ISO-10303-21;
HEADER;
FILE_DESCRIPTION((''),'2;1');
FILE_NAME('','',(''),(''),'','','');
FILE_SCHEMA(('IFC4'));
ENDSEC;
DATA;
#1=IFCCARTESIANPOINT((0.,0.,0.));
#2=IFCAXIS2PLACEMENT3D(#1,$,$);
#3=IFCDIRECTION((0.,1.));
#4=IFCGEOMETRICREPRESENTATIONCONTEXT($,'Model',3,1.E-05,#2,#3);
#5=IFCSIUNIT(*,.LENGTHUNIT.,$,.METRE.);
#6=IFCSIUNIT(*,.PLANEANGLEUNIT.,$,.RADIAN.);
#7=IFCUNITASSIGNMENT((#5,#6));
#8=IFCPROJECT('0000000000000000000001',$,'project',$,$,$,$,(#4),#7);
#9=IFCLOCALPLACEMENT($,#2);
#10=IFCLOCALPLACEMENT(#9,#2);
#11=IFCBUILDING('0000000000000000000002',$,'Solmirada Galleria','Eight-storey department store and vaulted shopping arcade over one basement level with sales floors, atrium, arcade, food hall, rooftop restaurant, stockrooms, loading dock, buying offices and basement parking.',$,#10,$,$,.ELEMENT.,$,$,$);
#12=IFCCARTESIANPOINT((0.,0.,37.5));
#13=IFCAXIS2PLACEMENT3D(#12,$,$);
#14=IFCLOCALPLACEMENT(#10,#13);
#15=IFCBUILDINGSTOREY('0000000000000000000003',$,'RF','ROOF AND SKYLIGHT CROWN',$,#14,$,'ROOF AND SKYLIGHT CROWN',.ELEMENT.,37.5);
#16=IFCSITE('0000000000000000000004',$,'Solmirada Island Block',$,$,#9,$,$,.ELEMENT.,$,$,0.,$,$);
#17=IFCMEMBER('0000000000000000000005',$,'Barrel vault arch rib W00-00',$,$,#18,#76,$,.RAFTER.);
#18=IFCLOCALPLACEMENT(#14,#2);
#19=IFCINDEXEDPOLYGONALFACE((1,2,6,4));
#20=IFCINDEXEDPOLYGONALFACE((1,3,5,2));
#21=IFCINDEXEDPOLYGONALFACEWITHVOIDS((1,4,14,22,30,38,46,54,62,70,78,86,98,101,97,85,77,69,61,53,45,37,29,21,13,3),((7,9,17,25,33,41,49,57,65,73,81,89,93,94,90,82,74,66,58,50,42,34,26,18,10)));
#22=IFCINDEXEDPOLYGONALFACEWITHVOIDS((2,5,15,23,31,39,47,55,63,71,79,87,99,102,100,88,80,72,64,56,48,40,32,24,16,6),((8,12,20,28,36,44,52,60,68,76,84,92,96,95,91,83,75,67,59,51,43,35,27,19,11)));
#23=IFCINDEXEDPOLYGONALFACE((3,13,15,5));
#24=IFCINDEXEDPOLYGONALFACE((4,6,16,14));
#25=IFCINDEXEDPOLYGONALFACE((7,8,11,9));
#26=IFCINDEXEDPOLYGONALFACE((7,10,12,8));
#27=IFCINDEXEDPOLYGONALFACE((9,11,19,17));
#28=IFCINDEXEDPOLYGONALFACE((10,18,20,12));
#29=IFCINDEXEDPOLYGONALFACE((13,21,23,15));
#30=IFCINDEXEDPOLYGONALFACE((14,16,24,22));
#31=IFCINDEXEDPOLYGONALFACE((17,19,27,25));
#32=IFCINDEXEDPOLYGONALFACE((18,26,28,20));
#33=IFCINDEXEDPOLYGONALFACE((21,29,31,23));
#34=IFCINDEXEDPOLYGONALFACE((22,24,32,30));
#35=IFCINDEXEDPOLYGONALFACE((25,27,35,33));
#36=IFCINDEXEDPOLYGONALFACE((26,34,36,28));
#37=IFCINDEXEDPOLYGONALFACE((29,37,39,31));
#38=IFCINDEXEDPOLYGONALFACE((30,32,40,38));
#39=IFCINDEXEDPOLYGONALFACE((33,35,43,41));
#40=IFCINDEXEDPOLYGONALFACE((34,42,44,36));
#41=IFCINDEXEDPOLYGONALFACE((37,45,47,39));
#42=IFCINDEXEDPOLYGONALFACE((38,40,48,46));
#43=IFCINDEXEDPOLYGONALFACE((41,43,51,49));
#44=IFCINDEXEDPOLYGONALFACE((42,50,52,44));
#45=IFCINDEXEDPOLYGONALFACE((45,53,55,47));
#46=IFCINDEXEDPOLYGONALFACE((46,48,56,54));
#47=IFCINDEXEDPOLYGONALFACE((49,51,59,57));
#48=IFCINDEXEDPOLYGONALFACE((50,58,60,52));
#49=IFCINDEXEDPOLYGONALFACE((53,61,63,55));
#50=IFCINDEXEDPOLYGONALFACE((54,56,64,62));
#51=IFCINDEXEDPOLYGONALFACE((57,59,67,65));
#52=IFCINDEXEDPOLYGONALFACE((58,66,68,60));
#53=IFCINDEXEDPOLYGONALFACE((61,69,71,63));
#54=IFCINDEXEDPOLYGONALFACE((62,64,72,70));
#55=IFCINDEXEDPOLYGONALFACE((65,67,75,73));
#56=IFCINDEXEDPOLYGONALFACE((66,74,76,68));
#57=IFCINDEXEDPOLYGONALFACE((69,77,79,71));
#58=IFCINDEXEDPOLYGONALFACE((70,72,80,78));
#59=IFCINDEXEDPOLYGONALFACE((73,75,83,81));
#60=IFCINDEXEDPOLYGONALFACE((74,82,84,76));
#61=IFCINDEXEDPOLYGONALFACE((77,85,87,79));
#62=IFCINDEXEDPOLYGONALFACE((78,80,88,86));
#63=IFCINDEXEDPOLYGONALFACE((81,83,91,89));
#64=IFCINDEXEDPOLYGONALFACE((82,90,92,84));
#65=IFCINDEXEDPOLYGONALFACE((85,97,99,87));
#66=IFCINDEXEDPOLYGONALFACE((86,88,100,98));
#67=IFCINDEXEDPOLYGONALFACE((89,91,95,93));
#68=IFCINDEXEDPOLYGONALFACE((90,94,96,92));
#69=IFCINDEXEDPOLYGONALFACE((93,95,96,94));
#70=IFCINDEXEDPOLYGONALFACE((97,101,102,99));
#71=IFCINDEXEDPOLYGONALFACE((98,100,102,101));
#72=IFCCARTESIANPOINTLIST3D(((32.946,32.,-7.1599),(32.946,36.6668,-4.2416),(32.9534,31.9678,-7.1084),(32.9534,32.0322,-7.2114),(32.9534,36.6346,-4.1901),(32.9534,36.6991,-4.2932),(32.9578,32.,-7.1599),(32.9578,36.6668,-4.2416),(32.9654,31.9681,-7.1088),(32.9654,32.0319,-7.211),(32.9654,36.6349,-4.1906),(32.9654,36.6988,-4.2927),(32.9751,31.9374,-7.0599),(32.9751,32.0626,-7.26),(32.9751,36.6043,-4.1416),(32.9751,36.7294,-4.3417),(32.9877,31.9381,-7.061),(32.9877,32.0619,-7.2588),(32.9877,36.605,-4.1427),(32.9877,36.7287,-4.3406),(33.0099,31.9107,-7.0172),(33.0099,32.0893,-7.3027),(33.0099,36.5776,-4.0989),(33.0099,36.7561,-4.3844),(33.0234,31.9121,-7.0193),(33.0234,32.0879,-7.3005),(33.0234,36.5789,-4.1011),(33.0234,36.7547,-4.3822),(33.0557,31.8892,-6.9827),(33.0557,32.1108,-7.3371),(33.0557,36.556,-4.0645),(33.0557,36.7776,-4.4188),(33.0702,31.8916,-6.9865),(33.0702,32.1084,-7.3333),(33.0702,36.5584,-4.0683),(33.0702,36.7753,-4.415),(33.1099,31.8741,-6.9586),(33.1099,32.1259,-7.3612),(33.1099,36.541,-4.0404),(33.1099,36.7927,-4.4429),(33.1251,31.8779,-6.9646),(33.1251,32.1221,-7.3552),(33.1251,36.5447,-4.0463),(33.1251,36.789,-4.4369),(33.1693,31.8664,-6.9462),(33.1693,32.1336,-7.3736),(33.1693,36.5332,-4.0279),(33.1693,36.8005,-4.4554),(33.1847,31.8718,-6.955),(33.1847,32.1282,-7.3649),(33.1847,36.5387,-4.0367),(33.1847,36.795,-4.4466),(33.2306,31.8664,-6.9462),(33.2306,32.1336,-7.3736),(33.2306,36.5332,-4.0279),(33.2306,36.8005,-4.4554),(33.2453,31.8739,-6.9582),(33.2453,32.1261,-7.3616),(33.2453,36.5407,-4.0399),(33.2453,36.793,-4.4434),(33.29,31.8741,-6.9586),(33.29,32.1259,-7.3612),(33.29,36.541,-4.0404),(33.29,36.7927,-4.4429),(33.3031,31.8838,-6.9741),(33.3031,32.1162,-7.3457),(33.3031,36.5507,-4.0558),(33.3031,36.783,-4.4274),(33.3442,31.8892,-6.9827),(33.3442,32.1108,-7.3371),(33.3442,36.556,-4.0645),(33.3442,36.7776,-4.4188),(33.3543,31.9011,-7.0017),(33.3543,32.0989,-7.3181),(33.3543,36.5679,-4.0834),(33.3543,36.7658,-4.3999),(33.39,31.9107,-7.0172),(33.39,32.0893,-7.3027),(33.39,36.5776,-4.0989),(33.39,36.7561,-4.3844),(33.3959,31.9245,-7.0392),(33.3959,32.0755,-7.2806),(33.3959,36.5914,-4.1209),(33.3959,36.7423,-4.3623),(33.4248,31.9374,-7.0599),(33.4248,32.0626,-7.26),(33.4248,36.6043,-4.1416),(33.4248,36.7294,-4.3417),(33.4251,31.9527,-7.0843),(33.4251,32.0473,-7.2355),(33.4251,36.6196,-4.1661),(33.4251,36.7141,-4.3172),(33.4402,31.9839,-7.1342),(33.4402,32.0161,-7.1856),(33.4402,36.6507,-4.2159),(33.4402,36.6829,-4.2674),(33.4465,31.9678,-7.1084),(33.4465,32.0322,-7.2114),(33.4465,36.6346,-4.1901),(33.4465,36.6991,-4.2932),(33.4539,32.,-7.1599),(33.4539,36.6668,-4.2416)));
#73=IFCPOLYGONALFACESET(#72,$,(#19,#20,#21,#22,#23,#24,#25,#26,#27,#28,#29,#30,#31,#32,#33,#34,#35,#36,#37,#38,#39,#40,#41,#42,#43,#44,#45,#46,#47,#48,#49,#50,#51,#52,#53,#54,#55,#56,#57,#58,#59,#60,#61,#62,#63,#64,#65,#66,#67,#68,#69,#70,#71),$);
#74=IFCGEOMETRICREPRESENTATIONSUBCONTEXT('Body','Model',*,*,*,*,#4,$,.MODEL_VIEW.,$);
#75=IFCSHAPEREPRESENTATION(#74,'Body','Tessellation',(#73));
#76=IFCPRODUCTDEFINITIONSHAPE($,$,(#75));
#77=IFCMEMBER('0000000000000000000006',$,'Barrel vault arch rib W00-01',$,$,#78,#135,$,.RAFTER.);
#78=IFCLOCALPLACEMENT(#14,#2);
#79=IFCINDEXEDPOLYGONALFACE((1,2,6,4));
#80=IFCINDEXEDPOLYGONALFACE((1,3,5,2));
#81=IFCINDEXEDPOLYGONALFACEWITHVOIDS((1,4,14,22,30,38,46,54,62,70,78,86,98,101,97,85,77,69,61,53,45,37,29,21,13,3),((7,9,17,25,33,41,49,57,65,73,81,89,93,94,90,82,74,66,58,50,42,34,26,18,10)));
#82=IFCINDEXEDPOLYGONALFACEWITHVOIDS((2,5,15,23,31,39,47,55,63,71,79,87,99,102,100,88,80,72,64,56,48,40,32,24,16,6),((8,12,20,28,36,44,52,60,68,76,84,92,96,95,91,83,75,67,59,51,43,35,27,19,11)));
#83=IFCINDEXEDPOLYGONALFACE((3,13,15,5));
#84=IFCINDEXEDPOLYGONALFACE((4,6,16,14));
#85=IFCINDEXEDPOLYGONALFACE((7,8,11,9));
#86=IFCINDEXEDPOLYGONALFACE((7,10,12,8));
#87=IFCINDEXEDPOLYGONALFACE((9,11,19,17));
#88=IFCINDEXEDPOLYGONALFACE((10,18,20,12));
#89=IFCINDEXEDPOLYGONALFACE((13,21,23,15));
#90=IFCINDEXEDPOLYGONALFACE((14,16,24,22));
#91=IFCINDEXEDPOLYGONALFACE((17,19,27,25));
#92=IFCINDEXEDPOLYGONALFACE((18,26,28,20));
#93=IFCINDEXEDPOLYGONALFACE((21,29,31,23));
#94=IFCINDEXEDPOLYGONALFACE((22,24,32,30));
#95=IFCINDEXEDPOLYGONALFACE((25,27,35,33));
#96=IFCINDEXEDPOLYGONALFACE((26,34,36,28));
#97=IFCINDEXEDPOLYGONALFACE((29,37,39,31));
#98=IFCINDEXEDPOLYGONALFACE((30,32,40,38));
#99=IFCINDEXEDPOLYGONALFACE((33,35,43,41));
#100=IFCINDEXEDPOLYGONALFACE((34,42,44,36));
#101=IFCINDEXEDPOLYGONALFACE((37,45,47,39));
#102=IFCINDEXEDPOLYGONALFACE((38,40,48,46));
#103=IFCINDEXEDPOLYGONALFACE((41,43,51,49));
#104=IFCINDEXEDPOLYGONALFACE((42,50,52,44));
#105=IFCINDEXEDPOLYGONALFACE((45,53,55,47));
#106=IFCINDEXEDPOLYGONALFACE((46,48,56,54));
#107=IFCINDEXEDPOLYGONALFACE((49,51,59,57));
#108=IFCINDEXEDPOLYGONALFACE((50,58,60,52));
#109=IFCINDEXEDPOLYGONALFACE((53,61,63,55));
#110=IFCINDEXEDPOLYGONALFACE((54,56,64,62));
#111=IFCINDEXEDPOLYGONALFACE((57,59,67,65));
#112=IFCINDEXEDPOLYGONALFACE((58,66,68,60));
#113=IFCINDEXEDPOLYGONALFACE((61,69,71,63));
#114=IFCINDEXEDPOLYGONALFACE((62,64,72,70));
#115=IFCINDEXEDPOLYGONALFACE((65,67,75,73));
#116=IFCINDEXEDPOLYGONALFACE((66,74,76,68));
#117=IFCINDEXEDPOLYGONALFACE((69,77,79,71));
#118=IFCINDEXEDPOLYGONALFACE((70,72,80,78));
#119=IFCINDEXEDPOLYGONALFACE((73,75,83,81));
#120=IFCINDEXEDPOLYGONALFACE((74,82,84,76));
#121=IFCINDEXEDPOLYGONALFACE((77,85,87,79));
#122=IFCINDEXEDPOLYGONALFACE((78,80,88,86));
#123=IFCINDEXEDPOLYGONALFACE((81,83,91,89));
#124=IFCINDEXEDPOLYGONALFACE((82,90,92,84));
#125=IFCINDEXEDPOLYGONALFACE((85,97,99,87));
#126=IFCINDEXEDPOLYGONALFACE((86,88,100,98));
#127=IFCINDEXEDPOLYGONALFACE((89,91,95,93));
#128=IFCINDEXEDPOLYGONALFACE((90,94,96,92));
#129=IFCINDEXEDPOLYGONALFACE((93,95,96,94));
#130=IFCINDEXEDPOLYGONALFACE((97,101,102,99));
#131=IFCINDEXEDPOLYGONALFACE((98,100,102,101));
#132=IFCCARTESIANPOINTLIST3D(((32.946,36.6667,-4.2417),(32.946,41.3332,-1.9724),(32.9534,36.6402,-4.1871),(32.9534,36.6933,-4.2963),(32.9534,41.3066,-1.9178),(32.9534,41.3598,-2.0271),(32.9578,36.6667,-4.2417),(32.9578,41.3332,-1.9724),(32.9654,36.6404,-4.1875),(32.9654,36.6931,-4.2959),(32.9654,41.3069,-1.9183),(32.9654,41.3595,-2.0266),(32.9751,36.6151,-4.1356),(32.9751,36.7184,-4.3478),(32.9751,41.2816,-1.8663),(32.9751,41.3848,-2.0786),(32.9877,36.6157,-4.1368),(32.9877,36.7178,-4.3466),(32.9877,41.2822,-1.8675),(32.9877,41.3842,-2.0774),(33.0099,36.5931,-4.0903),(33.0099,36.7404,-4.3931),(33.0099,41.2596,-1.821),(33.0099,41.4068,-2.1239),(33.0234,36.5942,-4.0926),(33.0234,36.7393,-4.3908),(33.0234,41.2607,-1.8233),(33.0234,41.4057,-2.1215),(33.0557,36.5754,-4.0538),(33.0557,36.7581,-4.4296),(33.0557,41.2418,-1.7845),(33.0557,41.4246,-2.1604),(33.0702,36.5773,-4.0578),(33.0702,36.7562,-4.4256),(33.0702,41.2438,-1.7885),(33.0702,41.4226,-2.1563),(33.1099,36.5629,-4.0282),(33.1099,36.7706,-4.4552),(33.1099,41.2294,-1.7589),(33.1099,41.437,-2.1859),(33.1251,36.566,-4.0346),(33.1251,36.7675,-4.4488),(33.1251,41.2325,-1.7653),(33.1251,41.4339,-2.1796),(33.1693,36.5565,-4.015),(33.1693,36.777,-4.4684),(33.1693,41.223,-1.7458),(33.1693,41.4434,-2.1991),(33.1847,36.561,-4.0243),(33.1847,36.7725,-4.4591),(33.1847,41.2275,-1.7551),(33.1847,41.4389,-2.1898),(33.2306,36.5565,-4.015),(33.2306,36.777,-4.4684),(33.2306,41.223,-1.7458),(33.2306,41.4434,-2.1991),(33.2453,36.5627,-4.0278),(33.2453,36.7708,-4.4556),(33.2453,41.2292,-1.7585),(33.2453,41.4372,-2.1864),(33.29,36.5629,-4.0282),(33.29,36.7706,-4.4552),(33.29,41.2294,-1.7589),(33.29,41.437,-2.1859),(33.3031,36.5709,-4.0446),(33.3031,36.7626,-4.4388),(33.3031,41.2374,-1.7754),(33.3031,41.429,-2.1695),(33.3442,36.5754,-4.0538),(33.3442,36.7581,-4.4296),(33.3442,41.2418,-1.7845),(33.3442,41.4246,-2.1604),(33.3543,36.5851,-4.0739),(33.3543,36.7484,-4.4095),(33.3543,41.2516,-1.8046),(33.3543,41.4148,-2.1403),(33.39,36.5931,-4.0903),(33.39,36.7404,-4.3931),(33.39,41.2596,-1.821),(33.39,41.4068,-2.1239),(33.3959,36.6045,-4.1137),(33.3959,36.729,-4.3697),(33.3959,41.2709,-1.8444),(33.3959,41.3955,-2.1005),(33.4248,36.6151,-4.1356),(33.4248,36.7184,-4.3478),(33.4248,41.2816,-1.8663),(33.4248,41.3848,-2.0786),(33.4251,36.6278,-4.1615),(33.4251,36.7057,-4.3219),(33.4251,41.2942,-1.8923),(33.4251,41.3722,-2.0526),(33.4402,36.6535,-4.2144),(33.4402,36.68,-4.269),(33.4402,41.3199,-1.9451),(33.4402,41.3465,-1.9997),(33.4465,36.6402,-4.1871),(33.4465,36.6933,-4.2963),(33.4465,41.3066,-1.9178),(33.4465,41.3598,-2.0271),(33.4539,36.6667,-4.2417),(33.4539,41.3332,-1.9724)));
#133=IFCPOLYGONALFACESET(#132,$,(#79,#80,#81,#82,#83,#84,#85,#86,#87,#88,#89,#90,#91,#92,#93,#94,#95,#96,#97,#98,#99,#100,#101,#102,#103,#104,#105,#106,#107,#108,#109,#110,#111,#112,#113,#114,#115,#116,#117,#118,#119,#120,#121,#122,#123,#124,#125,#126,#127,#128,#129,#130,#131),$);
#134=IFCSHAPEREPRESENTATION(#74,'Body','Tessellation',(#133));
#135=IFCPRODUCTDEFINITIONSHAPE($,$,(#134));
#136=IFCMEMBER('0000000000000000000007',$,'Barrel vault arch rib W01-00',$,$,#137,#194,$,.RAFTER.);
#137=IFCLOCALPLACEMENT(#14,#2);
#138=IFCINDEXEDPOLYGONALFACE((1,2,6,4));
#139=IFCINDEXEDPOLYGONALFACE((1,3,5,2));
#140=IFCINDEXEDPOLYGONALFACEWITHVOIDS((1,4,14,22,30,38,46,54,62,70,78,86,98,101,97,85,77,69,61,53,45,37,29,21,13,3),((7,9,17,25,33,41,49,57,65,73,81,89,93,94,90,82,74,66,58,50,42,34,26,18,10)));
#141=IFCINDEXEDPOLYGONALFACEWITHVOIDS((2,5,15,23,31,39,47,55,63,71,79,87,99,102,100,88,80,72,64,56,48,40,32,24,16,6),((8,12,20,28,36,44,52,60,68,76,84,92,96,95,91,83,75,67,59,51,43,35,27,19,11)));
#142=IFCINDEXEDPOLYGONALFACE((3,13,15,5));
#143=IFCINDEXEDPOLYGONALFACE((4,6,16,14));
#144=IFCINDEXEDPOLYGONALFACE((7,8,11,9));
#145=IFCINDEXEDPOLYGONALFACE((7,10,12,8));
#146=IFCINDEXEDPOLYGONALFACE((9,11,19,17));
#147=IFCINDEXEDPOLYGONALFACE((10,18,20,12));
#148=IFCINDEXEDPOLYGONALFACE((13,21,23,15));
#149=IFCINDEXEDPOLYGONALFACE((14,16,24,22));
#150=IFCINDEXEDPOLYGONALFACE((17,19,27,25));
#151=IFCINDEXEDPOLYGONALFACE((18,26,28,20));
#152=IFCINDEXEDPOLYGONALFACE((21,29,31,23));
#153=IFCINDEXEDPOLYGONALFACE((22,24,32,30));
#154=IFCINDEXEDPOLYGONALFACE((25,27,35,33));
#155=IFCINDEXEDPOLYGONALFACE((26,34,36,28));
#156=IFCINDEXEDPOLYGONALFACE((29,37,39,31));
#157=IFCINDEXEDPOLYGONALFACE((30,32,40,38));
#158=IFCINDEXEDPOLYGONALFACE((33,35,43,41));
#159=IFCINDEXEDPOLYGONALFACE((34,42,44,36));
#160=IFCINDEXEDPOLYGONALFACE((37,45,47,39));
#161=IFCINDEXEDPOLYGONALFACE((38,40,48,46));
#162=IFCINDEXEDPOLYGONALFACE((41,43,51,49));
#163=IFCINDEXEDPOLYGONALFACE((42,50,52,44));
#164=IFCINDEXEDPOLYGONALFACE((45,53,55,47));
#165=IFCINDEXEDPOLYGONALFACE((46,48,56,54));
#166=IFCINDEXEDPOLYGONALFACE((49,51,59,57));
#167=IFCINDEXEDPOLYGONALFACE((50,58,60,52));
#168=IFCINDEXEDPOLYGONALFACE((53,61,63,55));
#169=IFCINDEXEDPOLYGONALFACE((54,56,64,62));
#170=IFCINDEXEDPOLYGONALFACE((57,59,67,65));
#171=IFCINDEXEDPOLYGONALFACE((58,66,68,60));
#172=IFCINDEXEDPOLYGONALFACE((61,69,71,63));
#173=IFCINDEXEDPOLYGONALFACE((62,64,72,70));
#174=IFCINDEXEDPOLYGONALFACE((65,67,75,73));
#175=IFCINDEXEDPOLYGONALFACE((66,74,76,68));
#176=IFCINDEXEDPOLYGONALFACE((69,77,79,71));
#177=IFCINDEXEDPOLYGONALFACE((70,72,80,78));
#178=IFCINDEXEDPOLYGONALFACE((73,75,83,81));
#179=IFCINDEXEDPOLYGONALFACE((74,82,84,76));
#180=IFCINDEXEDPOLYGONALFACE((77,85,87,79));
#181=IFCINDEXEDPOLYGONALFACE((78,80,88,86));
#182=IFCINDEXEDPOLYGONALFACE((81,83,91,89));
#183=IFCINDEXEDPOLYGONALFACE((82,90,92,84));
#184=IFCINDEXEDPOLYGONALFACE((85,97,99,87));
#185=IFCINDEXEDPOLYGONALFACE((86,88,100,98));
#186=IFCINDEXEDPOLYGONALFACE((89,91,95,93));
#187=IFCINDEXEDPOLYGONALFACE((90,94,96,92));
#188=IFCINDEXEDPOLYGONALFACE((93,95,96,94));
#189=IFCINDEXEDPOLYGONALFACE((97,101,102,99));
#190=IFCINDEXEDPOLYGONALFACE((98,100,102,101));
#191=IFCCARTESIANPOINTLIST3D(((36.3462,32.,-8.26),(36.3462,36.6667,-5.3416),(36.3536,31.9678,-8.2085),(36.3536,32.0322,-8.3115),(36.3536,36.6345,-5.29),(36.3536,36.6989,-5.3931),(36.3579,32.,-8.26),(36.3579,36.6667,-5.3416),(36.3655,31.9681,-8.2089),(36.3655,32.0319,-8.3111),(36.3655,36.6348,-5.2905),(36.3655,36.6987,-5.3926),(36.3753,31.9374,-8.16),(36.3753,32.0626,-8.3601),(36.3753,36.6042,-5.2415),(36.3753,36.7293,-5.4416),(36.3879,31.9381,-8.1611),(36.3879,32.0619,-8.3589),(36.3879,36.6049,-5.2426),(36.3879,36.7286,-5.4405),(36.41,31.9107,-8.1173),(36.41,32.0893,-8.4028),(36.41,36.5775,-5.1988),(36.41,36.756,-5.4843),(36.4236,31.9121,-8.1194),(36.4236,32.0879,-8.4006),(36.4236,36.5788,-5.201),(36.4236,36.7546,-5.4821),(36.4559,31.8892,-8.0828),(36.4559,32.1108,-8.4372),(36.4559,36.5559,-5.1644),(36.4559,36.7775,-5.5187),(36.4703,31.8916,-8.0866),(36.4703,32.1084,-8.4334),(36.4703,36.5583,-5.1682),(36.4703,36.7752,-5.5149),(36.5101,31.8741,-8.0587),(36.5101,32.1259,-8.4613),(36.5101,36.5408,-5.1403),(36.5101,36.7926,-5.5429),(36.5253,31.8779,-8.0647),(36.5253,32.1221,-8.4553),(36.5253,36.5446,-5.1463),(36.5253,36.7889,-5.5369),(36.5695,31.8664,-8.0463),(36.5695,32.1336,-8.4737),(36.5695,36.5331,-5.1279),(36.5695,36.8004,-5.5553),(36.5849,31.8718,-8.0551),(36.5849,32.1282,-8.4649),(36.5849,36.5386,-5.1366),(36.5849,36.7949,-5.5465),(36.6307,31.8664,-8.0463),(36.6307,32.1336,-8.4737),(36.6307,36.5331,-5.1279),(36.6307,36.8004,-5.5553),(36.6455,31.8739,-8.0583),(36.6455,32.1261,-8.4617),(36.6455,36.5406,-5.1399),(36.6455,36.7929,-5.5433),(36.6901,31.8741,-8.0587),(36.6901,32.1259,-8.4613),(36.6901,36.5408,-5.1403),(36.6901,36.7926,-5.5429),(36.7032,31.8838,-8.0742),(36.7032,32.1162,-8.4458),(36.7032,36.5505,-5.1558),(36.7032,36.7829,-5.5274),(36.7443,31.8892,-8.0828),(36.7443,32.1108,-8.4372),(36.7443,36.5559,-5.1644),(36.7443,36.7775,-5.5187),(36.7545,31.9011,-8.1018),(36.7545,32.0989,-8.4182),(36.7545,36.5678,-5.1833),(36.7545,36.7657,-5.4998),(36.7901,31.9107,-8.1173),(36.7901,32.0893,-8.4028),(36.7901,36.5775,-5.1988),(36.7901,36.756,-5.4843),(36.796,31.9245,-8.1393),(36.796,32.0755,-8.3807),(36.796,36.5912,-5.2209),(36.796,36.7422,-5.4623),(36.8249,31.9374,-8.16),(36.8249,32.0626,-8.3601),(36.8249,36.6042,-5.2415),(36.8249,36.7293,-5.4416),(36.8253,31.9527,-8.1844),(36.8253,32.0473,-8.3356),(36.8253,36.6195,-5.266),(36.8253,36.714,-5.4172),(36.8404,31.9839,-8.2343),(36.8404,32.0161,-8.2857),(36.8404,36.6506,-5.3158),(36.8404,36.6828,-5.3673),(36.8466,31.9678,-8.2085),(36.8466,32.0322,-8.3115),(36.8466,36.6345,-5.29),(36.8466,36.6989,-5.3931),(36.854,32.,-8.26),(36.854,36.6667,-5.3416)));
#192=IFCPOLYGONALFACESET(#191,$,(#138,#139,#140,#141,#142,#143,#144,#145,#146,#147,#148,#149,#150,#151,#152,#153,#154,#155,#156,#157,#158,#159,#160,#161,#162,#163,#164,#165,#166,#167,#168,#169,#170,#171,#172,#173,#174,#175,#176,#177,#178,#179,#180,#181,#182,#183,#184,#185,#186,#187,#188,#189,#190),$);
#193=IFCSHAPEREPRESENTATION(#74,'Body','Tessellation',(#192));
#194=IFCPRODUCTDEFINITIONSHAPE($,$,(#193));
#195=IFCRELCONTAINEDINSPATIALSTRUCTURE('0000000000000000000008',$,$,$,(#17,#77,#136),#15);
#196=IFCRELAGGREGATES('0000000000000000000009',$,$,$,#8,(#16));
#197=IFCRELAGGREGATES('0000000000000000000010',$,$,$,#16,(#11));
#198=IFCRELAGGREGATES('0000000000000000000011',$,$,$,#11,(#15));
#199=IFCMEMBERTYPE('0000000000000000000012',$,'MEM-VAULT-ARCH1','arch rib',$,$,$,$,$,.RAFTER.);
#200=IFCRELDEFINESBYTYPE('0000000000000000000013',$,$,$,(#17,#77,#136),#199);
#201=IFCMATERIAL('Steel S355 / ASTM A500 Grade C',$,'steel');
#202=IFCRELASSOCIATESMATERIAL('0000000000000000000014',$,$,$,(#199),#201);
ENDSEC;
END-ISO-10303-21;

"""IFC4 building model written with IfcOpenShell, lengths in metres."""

from ifc_helpers import new_model, si_unit, direction, frame, origin, origin_2d, place, context, subcontext, project, spatial, hollow_circle, extrude, material, material_profile, profile_set, type_object, element, save


model = new_model("IFC4")

# Units and contexts
model_context = context("Model", 3, precision=1e-05, world=origin(), true_north=direction((0.0, 1.0)))
body_context = subcontext(model_context, "Body", "Model", "MODEL_VIEW")
ifc_project = project(units=[si_unit("LENGTHUNIT", "METRE"), si_unit("PLANEANGLEUNIT", "RADIAN")], contexts=[model_context])

# Site, building, storey
site_placement = place(None, origin())
site = spatial("IfcSite", under=ifc_project, at=site_placement, Name="Solmirada Island Block", CompositionType="ELEMENT", RefElevation=0.0)
building_placement = place(site_placement, origin())
building = spatial("IfcBuilding", under=site, at=building_placement, Name="Solmirada Galleria", Description="Eight-storey department store and vaulted shopping arcade over one basement level with sales floors, atrium, arcade, food hall, rooftop restaurant, stockrooms, loading dock, buying offices and basement parking.", CompositionType="ELEMENT")
storey_placement = place(building_placement, frame((0.0, 0.0, 37.5)))
storey = spatial("IfcBuildingStorey", under=building, at=storey_placement, Name="RF", Description="ROOF AND SKYLIGHT CROWN", LongName="ROOF AND SKYLIGHT CROWN", CompositionType="ELEMENT", Elevation=37.5)

# Members
ifc_material_1 = material(Name="Steel S355 / ASTM A500 Grade C", Category="steel")
ifc_material_profile_1 = material_profile(ifc_material_1, hollow_circle(Radius=0.2539, WallThickness=0.0117, at=origin_2d()), Name="HSS20.000X0.500")
ifc_profile_set_1 = profile_set([ifc_material_profile_1], Name="Steel S355 / ASTM A500 Grade C")
member_type_1 = type_object("IfcMemberType", Name="MEM-VAULT-ARCH1", Description="arch rib", PredefinedType="RAFTER", material=ifc_profile_set_1)
member_1_placement = place(storey_placement, frame((33.2, 32.0, -7.1599), z_axis=(0.0, 0.847876, 0.530194), x_axis=(-1.0, 0.0, 0.0)))
element("IfcMember", 1, at=member_1_placement, inside=storey, type_object=member_type_1, Name="Barrel vault arch rib W00-00", PredefinedType="RAFTER", context=body_context, shape_type="SweptSolid", body=[
    extrude(hollow_circle(Radius=0.2539, WallThickness=0.0117, at=origin_2d()), origin(), (0.0, 0.0, 1.0), 5.5042),
])
member_2_placement = place(storey_placement, frame((33.2, 36.6667, -4.2417), z_axis=(0.0, 0.899304, 0.437325), x_axis=(-1.0, 0.0, 0.0)))
element("IfcMember", 2, at=member_2_placement, inside=storey, type_object=member_type_1, Name="Barrel vault arch rib W00-01", PredefinedType="RAFTER", context=body_context, shape_type="SweptSolid", body=[
    extrude(hollow_circle(Radius=0.2539, WallThickness=0.0117, at=origin_2d()), origin(), (0.0, 0.0, 1.0), 5.189),
])
member_3_placement = place(storey_placement, frame((36.6001, 32.0, -8.26), z_axis=(0.0, 0.847856, 0.530226), x_axis=(-1.0, 0.0, 0.0)))
element("IfcMember", 3, at=member_3_placement, inside=storey, type_object=member_type_1, Name="Barrel vault arch rib W01-00", PredefinedType="RAFTER", context=body_context, shape_type="SweptSolid", body=[
    extrude(hollow_circle(Radius=0.2539, WallThickness=0.0117, at=origin_2d()), origin(), (0.0, 0.0, 1.0), 5.5042),
])

save(model, "model.ifc")
